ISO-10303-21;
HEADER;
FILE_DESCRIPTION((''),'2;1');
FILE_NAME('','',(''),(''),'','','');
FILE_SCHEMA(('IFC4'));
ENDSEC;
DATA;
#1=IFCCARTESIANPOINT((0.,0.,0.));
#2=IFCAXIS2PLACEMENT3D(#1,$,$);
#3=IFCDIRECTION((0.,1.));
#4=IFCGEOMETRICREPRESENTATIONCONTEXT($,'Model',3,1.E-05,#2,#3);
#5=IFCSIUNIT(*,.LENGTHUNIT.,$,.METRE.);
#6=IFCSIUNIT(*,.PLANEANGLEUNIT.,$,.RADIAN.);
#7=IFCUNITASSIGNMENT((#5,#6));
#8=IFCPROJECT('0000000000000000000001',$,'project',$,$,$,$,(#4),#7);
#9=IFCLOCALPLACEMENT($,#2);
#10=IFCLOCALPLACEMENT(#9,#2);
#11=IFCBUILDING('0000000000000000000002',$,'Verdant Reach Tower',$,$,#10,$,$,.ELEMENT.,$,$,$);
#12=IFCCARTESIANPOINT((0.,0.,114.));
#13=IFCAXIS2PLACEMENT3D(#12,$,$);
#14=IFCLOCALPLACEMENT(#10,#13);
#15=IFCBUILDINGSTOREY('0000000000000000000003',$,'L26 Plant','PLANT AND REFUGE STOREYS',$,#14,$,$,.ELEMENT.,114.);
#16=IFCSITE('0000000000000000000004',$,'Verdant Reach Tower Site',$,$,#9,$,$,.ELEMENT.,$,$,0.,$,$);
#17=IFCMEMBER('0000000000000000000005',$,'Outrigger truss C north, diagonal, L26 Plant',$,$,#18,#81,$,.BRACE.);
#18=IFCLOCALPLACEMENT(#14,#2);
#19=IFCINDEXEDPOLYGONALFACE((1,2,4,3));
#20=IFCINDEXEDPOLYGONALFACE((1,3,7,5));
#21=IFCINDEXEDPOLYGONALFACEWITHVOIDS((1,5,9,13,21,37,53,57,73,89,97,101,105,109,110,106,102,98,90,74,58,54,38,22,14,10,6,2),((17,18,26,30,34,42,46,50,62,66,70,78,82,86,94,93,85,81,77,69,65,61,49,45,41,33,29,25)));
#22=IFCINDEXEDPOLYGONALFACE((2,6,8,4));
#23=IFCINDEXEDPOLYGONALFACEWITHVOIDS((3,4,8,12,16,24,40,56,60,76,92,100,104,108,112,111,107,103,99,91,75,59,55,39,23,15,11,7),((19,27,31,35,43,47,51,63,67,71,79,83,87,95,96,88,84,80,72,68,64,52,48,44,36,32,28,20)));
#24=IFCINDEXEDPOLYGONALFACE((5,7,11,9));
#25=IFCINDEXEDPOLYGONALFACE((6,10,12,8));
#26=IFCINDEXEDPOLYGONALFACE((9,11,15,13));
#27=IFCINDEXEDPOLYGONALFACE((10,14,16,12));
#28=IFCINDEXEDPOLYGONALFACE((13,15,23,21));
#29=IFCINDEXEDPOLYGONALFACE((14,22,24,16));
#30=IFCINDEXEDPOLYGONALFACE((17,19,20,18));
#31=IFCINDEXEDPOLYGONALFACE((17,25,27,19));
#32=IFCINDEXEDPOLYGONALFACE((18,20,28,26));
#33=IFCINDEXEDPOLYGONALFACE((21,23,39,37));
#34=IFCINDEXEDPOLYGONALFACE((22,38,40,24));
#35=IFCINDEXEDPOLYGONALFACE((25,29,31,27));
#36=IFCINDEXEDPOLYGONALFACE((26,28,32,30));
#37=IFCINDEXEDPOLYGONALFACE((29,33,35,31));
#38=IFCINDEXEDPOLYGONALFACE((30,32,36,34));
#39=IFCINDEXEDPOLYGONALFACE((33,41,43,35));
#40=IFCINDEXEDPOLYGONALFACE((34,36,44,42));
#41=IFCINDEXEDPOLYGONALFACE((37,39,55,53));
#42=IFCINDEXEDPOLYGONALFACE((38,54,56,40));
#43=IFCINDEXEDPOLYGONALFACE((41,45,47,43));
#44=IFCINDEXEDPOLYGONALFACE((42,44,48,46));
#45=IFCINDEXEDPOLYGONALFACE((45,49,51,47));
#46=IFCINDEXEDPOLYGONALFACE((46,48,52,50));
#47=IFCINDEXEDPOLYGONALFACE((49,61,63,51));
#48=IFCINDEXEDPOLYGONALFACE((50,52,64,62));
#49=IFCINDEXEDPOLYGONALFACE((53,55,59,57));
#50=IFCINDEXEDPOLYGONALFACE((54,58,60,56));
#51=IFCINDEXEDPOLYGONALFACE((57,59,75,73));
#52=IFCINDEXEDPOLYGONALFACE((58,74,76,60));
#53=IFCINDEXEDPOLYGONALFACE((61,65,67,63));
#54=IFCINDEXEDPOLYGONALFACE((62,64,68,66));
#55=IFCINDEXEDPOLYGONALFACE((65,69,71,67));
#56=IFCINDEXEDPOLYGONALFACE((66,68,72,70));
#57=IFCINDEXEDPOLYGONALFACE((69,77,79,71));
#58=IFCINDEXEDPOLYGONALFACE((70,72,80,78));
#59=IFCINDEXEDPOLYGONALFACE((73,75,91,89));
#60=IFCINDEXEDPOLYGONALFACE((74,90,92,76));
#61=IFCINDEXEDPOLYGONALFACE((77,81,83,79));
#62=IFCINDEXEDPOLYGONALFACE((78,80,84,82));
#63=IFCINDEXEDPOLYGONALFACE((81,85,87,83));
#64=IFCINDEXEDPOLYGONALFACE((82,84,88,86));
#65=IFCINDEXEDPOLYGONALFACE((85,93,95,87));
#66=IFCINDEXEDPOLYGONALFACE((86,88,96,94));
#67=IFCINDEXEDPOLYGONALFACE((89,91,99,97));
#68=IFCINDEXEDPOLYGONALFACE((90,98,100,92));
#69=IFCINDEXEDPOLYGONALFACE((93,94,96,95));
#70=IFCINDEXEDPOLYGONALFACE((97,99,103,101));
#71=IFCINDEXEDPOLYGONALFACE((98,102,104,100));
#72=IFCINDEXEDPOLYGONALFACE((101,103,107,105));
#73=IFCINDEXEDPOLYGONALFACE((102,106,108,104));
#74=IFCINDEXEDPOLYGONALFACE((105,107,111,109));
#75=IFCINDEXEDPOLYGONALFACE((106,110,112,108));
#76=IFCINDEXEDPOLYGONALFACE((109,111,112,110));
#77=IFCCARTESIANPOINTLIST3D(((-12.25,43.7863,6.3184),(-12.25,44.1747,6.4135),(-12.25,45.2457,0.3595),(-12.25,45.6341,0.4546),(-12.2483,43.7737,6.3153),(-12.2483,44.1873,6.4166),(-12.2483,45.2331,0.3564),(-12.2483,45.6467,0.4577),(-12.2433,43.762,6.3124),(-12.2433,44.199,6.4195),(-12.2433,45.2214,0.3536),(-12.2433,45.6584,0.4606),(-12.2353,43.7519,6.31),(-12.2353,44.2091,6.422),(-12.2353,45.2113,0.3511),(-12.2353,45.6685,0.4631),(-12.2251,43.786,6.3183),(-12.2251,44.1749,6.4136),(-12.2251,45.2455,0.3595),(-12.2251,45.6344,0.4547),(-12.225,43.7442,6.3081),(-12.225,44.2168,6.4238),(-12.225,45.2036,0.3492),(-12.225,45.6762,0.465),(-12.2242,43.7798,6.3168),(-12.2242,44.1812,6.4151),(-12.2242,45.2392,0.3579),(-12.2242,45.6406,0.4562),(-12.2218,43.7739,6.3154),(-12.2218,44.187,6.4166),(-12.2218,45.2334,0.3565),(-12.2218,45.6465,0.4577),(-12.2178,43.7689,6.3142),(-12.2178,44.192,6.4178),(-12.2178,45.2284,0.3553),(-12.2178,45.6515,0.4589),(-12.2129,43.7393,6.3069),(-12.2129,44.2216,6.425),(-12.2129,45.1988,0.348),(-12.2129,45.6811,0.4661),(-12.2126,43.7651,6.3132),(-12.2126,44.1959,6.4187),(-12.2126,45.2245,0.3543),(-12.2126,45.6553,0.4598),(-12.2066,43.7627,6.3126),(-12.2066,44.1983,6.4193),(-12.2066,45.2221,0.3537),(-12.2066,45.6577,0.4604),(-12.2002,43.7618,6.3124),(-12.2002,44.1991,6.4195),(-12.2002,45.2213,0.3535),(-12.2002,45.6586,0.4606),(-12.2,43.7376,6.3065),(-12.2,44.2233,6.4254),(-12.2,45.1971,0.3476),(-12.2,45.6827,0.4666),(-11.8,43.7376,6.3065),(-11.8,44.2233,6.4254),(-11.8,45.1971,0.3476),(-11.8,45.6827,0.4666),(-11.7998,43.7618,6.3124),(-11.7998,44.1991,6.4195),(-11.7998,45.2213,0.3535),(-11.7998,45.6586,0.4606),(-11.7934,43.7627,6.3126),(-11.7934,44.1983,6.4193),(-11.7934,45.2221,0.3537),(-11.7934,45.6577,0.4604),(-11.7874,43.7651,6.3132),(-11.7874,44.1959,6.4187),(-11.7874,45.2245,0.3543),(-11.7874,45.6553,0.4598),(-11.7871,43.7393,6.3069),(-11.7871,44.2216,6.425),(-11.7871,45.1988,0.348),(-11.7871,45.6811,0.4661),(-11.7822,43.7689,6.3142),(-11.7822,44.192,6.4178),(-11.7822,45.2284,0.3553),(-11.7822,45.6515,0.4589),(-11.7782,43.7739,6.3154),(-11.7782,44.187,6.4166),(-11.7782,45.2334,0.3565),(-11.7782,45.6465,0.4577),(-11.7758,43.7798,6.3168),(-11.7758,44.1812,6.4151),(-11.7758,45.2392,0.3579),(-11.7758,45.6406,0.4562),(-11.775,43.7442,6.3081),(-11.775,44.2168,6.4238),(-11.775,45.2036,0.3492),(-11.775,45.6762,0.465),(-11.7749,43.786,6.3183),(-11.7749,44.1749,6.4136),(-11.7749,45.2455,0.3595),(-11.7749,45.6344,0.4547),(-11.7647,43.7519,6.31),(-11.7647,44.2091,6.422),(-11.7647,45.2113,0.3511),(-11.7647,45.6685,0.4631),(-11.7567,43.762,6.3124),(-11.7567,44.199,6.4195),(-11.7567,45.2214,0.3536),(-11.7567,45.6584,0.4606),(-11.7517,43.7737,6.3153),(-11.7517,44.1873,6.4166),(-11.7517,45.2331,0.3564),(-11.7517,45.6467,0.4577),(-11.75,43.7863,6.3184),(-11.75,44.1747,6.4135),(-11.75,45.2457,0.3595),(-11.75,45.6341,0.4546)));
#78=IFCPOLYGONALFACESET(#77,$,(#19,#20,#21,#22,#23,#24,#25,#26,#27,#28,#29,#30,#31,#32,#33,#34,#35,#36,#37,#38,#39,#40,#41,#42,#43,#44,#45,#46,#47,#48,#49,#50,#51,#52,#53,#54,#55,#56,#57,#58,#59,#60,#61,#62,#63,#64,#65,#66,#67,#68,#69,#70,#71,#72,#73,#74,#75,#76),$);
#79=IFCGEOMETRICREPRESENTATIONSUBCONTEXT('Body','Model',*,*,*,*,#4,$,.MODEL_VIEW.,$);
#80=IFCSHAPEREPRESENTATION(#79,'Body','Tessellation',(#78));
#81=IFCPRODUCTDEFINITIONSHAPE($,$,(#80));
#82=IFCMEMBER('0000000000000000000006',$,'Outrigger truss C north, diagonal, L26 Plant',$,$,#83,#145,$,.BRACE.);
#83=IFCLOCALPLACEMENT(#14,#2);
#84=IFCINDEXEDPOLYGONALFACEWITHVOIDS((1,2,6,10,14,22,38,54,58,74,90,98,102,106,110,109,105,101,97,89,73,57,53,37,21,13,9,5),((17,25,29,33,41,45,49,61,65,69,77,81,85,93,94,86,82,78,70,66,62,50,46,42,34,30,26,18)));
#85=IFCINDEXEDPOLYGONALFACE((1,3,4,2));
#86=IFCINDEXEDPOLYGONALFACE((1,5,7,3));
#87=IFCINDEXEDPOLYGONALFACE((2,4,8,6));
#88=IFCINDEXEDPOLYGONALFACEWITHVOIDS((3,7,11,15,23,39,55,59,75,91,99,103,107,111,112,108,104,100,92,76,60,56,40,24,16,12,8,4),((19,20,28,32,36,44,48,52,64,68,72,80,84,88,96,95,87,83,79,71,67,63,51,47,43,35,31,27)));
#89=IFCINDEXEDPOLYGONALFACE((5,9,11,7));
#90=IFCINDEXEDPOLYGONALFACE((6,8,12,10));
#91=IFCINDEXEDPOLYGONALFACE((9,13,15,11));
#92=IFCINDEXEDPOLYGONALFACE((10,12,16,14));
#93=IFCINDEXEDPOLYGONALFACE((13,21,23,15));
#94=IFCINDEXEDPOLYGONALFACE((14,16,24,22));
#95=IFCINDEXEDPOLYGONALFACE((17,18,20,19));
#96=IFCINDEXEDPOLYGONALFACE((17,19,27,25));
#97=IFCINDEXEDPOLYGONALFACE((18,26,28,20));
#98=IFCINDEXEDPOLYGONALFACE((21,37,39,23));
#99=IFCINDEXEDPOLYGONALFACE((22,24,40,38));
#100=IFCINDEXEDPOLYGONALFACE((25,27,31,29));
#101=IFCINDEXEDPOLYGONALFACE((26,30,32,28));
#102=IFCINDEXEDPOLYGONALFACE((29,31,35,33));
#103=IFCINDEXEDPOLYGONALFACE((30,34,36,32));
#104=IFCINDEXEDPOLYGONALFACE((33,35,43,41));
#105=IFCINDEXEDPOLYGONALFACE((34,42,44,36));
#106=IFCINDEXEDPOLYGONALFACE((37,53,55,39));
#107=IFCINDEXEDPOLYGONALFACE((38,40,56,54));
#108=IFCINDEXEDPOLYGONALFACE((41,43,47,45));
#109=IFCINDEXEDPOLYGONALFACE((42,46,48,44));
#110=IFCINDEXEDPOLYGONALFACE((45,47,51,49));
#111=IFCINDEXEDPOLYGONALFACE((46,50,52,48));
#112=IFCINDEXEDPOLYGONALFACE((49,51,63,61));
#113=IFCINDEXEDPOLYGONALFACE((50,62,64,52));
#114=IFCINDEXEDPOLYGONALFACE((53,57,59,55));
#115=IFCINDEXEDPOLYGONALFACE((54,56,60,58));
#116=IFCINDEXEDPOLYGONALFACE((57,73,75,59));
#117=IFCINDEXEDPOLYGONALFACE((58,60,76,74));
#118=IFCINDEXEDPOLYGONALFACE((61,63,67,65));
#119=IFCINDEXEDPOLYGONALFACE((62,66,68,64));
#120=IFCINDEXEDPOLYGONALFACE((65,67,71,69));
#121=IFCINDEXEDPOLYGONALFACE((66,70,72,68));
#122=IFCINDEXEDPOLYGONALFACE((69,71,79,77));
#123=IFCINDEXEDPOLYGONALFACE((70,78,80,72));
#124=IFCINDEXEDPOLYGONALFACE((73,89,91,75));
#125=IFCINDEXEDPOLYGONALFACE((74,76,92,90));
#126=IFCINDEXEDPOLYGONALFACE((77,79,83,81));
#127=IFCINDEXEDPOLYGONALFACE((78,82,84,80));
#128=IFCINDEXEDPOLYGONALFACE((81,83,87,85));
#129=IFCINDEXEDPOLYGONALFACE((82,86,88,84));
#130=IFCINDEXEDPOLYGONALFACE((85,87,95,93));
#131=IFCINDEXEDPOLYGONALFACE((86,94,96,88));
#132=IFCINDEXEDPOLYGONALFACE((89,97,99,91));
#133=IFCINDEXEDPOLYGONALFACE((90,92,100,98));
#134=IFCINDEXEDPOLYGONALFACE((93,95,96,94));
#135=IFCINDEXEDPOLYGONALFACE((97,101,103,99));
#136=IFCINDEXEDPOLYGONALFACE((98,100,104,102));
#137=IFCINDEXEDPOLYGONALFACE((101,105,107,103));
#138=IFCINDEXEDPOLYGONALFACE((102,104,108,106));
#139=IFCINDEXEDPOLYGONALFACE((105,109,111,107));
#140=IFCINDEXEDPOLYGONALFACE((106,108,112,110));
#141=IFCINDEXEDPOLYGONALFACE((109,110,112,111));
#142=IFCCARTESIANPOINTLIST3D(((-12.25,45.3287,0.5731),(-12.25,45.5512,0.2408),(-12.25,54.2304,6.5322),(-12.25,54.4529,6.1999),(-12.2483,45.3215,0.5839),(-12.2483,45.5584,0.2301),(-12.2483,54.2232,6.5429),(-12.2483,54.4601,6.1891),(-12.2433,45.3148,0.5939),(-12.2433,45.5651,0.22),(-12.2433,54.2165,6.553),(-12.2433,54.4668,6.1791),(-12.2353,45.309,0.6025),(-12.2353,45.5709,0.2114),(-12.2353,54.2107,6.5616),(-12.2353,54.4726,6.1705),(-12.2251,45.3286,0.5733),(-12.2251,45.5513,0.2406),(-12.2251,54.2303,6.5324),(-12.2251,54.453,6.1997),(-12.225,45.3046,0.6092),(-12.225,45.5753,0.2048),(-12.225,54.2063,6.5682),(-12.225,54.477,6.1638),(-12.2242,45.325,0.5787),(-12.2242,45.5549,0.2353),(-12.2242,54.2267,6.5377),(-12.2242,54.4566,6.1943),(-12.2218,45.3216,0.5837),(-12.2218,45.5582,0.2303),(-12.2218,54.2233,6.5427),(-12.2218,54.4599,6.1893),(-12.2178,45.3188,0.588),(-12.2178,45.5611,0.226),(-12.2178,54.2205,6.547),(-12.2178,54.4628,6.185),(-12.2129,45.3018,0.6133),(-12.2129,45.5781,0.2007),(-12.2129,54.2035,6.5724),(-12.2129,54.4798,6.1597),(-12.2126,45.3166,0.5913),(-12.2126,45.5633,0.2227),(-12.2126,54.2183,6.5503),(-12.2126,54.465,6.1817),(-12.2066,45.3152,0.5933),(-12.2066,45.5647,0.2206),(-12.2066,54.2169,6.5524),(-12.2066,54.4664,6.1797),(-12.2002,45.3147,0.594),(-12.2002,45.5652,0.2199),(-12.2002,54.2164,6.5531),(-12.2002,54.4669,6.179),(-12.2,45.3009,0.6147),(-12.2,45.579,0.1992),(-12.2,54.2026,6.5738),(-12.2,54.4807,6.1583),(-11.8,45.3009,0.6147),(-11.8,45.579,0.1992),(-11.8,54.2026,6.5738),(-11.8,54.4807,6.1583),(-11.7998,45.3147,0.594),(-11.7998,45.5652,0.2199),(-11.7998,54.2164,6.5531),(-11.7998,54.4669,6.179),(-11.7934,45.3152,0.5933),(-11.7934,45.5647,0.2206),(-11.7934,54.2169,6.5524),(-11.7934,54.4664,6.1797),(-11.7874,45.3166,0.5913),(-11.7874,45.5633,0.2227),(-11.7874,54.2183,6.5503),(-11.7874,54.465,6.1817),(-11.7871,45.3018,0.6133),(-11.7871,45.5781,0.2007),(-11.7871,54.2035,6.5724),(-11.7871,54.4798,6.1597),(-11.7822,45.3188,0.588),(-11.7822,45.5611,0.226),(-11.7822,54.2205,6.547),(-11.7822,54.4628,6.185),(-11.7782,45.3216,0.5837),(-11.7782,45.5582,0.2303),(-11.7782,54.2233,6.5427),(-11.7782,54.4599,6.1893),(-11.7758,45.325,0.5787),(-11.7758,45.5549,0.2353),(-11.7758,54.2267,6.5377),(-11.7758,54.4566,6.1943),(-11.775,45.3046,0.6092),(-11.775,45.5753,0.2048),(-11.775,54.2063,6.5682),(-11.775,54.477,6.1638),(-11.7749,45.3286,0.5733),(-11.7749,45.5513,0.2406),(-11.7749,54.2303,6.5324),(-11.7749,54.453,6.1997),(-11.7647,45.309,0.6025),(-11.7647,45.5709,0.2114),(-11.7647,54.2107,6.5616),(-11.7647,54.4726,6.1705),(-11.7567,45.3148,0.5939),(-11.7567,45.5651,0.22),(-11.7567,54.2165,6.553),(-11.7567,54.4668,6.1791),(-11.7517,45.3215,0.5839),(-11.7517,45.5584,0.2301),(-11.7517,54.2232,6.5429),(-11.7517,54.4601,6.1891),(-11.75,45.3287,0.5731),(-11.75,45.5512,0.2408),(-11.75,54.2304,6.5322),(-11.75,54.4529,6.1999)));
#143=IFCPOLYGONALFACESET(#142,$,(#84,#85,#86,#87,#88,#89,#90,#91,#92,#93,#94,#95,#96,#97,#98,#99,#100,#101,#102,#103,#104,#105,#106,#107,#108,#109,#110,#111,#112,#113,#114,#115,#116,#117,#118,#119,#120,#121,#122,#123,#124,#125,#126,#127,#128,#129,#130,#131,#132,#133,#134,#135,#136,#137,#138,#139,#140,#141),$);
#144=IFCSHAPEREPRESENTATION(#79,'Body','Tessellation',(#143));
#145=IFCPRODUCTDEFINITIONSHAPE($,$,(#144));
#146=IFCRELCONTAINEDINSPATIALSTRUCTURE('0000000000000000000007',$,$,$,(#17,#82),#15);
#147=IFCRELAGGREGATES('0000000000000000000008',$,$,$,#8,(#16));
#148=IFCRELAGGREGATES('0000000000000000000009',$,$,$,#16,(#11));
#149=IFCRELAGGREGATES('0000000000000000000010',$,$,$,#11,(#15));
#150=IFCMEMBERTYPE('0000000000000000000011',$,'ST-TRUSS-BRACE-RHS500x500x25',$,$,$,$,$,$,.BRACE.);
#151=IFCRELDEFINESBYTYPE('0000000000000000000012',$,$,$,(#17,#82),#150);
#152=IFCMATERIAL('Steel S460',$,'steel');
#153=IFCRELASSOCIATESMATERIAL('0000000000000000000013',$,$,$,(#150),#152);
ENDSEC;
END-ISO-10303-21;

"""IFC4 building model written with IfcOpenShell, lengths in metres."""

from ifc_helpers import new_model, si_unit, direction, frame, origin, origin_2d, place, context, subcontext, project, spatial, hollow_rectangle, extrude, material, material_profile, profile_set, type_object, element, save


model = new_model("IFC4")

# Units and contexts
model_context = context("Model", 3, precision=1e-05, world=origin(), true_north=direction((0.0, 1.0)))
body_context = subcontext(model_context, "Body", "Model", "MODEL_VIEW")
ifc_project = project(units=[si_unit("LENGTHUNIT", "METRE"), si_unit("PLANEANGLEUNIT", "RADIAN")], contexts=[model_context])

# Site, building, storey
site_placement = place(None, origin())
site = spatial("IfcSite", under=ifc_project, at=site_placement, Name="Verdant Reach Tower Site", CompositionType="ELEMENT", RefElevation=0.0)
building_placement = place(site_placement, origin())
building = spatial("IfcBuilding", under=site, at=building_placement, Name="Verdant Reach Tower", CompositionType="ELEMENT")
storey_placement = place(building_placement, frame((0.0, 0.0, 114.0)))
storey = spatial("IfcBuildingStorey", under=building, at=storey_placement, Name="L26 Plant", Description="PLANT AND REFUGE STOREYS", CompositionType="ELEMENT", Elevation=114.0)

# Shared definitions
ifc_material_1 = material(Name="Steel S460", Category="steel")

# Members
ifc_material_profile_1 = material_profile(ifc_material_1, hollow_rectangle(XDim=0.5, YDim=0.5, WallThickness=0.0249, InnerFilletRadius=0.0249, OuterFilletRadius=0.05, at=origin_2d()), Name="RHS 500x500x25")
ifc_profile_set_1 = profile_set([ifc_material_profile_1], Name="Steel S460")
member_type_1 = type_object("IfcMemberType", Name="ST-TRUSS-BRACE-RHS500x500x25", PredefinedType="BRACE", material=ifc_profile_set_1)
member_1_placement = place(storey_placement, frame((-12.0, 43.9805, 6.366), z_axis=(0.0, 0.237889, -0.971292), x_axis=(-1.0, 0.0, 0.0)))
element("IfcMember", 1, at=member_1_placement, inside=storey, type_object=member_type_1, Name="Outrigger truss C north, diagonal, L26 Plant", PredefinedType="BRACE", context=body_context, shape_type="SweptSolid", body=[
    extrude(hollow_rectangle(XDim=0.5, YDim=0.5, WallThickness=0.0249, InnerFilletRadius=0.0249, OuterFilletRadius=0.05, at=origin_2d()), origin(), (0.0, 0.0, 1.0), 6.135),
])
member_2_placement = place(storey_placement, frame((-12.0, 45.4399, 0.407), z_axis=(0.0, 0.83099, 0.556288), x_axis=(-1.0, 0.0, 0.0)))
element("IfcMember", 2, at=member_2_placement, inside=storey, type_object=member_type_1, Name="Outrigger truss C north, diagonal, L26 Plant", PredefinedType="BRACE", context=body_context, shape_type="SweptSolid", body=[
    extrude(hollow_rectangle(XDim=0.5, YDim=0.5, WallThickness=0.0249, InnerFilletRadius=0.0249, OuterFilletRadius=0.05, at=origin_2d()), origin(), (0.0, 0.0, 1.0), 10.7122),
])

save(model, "model.ifc")
